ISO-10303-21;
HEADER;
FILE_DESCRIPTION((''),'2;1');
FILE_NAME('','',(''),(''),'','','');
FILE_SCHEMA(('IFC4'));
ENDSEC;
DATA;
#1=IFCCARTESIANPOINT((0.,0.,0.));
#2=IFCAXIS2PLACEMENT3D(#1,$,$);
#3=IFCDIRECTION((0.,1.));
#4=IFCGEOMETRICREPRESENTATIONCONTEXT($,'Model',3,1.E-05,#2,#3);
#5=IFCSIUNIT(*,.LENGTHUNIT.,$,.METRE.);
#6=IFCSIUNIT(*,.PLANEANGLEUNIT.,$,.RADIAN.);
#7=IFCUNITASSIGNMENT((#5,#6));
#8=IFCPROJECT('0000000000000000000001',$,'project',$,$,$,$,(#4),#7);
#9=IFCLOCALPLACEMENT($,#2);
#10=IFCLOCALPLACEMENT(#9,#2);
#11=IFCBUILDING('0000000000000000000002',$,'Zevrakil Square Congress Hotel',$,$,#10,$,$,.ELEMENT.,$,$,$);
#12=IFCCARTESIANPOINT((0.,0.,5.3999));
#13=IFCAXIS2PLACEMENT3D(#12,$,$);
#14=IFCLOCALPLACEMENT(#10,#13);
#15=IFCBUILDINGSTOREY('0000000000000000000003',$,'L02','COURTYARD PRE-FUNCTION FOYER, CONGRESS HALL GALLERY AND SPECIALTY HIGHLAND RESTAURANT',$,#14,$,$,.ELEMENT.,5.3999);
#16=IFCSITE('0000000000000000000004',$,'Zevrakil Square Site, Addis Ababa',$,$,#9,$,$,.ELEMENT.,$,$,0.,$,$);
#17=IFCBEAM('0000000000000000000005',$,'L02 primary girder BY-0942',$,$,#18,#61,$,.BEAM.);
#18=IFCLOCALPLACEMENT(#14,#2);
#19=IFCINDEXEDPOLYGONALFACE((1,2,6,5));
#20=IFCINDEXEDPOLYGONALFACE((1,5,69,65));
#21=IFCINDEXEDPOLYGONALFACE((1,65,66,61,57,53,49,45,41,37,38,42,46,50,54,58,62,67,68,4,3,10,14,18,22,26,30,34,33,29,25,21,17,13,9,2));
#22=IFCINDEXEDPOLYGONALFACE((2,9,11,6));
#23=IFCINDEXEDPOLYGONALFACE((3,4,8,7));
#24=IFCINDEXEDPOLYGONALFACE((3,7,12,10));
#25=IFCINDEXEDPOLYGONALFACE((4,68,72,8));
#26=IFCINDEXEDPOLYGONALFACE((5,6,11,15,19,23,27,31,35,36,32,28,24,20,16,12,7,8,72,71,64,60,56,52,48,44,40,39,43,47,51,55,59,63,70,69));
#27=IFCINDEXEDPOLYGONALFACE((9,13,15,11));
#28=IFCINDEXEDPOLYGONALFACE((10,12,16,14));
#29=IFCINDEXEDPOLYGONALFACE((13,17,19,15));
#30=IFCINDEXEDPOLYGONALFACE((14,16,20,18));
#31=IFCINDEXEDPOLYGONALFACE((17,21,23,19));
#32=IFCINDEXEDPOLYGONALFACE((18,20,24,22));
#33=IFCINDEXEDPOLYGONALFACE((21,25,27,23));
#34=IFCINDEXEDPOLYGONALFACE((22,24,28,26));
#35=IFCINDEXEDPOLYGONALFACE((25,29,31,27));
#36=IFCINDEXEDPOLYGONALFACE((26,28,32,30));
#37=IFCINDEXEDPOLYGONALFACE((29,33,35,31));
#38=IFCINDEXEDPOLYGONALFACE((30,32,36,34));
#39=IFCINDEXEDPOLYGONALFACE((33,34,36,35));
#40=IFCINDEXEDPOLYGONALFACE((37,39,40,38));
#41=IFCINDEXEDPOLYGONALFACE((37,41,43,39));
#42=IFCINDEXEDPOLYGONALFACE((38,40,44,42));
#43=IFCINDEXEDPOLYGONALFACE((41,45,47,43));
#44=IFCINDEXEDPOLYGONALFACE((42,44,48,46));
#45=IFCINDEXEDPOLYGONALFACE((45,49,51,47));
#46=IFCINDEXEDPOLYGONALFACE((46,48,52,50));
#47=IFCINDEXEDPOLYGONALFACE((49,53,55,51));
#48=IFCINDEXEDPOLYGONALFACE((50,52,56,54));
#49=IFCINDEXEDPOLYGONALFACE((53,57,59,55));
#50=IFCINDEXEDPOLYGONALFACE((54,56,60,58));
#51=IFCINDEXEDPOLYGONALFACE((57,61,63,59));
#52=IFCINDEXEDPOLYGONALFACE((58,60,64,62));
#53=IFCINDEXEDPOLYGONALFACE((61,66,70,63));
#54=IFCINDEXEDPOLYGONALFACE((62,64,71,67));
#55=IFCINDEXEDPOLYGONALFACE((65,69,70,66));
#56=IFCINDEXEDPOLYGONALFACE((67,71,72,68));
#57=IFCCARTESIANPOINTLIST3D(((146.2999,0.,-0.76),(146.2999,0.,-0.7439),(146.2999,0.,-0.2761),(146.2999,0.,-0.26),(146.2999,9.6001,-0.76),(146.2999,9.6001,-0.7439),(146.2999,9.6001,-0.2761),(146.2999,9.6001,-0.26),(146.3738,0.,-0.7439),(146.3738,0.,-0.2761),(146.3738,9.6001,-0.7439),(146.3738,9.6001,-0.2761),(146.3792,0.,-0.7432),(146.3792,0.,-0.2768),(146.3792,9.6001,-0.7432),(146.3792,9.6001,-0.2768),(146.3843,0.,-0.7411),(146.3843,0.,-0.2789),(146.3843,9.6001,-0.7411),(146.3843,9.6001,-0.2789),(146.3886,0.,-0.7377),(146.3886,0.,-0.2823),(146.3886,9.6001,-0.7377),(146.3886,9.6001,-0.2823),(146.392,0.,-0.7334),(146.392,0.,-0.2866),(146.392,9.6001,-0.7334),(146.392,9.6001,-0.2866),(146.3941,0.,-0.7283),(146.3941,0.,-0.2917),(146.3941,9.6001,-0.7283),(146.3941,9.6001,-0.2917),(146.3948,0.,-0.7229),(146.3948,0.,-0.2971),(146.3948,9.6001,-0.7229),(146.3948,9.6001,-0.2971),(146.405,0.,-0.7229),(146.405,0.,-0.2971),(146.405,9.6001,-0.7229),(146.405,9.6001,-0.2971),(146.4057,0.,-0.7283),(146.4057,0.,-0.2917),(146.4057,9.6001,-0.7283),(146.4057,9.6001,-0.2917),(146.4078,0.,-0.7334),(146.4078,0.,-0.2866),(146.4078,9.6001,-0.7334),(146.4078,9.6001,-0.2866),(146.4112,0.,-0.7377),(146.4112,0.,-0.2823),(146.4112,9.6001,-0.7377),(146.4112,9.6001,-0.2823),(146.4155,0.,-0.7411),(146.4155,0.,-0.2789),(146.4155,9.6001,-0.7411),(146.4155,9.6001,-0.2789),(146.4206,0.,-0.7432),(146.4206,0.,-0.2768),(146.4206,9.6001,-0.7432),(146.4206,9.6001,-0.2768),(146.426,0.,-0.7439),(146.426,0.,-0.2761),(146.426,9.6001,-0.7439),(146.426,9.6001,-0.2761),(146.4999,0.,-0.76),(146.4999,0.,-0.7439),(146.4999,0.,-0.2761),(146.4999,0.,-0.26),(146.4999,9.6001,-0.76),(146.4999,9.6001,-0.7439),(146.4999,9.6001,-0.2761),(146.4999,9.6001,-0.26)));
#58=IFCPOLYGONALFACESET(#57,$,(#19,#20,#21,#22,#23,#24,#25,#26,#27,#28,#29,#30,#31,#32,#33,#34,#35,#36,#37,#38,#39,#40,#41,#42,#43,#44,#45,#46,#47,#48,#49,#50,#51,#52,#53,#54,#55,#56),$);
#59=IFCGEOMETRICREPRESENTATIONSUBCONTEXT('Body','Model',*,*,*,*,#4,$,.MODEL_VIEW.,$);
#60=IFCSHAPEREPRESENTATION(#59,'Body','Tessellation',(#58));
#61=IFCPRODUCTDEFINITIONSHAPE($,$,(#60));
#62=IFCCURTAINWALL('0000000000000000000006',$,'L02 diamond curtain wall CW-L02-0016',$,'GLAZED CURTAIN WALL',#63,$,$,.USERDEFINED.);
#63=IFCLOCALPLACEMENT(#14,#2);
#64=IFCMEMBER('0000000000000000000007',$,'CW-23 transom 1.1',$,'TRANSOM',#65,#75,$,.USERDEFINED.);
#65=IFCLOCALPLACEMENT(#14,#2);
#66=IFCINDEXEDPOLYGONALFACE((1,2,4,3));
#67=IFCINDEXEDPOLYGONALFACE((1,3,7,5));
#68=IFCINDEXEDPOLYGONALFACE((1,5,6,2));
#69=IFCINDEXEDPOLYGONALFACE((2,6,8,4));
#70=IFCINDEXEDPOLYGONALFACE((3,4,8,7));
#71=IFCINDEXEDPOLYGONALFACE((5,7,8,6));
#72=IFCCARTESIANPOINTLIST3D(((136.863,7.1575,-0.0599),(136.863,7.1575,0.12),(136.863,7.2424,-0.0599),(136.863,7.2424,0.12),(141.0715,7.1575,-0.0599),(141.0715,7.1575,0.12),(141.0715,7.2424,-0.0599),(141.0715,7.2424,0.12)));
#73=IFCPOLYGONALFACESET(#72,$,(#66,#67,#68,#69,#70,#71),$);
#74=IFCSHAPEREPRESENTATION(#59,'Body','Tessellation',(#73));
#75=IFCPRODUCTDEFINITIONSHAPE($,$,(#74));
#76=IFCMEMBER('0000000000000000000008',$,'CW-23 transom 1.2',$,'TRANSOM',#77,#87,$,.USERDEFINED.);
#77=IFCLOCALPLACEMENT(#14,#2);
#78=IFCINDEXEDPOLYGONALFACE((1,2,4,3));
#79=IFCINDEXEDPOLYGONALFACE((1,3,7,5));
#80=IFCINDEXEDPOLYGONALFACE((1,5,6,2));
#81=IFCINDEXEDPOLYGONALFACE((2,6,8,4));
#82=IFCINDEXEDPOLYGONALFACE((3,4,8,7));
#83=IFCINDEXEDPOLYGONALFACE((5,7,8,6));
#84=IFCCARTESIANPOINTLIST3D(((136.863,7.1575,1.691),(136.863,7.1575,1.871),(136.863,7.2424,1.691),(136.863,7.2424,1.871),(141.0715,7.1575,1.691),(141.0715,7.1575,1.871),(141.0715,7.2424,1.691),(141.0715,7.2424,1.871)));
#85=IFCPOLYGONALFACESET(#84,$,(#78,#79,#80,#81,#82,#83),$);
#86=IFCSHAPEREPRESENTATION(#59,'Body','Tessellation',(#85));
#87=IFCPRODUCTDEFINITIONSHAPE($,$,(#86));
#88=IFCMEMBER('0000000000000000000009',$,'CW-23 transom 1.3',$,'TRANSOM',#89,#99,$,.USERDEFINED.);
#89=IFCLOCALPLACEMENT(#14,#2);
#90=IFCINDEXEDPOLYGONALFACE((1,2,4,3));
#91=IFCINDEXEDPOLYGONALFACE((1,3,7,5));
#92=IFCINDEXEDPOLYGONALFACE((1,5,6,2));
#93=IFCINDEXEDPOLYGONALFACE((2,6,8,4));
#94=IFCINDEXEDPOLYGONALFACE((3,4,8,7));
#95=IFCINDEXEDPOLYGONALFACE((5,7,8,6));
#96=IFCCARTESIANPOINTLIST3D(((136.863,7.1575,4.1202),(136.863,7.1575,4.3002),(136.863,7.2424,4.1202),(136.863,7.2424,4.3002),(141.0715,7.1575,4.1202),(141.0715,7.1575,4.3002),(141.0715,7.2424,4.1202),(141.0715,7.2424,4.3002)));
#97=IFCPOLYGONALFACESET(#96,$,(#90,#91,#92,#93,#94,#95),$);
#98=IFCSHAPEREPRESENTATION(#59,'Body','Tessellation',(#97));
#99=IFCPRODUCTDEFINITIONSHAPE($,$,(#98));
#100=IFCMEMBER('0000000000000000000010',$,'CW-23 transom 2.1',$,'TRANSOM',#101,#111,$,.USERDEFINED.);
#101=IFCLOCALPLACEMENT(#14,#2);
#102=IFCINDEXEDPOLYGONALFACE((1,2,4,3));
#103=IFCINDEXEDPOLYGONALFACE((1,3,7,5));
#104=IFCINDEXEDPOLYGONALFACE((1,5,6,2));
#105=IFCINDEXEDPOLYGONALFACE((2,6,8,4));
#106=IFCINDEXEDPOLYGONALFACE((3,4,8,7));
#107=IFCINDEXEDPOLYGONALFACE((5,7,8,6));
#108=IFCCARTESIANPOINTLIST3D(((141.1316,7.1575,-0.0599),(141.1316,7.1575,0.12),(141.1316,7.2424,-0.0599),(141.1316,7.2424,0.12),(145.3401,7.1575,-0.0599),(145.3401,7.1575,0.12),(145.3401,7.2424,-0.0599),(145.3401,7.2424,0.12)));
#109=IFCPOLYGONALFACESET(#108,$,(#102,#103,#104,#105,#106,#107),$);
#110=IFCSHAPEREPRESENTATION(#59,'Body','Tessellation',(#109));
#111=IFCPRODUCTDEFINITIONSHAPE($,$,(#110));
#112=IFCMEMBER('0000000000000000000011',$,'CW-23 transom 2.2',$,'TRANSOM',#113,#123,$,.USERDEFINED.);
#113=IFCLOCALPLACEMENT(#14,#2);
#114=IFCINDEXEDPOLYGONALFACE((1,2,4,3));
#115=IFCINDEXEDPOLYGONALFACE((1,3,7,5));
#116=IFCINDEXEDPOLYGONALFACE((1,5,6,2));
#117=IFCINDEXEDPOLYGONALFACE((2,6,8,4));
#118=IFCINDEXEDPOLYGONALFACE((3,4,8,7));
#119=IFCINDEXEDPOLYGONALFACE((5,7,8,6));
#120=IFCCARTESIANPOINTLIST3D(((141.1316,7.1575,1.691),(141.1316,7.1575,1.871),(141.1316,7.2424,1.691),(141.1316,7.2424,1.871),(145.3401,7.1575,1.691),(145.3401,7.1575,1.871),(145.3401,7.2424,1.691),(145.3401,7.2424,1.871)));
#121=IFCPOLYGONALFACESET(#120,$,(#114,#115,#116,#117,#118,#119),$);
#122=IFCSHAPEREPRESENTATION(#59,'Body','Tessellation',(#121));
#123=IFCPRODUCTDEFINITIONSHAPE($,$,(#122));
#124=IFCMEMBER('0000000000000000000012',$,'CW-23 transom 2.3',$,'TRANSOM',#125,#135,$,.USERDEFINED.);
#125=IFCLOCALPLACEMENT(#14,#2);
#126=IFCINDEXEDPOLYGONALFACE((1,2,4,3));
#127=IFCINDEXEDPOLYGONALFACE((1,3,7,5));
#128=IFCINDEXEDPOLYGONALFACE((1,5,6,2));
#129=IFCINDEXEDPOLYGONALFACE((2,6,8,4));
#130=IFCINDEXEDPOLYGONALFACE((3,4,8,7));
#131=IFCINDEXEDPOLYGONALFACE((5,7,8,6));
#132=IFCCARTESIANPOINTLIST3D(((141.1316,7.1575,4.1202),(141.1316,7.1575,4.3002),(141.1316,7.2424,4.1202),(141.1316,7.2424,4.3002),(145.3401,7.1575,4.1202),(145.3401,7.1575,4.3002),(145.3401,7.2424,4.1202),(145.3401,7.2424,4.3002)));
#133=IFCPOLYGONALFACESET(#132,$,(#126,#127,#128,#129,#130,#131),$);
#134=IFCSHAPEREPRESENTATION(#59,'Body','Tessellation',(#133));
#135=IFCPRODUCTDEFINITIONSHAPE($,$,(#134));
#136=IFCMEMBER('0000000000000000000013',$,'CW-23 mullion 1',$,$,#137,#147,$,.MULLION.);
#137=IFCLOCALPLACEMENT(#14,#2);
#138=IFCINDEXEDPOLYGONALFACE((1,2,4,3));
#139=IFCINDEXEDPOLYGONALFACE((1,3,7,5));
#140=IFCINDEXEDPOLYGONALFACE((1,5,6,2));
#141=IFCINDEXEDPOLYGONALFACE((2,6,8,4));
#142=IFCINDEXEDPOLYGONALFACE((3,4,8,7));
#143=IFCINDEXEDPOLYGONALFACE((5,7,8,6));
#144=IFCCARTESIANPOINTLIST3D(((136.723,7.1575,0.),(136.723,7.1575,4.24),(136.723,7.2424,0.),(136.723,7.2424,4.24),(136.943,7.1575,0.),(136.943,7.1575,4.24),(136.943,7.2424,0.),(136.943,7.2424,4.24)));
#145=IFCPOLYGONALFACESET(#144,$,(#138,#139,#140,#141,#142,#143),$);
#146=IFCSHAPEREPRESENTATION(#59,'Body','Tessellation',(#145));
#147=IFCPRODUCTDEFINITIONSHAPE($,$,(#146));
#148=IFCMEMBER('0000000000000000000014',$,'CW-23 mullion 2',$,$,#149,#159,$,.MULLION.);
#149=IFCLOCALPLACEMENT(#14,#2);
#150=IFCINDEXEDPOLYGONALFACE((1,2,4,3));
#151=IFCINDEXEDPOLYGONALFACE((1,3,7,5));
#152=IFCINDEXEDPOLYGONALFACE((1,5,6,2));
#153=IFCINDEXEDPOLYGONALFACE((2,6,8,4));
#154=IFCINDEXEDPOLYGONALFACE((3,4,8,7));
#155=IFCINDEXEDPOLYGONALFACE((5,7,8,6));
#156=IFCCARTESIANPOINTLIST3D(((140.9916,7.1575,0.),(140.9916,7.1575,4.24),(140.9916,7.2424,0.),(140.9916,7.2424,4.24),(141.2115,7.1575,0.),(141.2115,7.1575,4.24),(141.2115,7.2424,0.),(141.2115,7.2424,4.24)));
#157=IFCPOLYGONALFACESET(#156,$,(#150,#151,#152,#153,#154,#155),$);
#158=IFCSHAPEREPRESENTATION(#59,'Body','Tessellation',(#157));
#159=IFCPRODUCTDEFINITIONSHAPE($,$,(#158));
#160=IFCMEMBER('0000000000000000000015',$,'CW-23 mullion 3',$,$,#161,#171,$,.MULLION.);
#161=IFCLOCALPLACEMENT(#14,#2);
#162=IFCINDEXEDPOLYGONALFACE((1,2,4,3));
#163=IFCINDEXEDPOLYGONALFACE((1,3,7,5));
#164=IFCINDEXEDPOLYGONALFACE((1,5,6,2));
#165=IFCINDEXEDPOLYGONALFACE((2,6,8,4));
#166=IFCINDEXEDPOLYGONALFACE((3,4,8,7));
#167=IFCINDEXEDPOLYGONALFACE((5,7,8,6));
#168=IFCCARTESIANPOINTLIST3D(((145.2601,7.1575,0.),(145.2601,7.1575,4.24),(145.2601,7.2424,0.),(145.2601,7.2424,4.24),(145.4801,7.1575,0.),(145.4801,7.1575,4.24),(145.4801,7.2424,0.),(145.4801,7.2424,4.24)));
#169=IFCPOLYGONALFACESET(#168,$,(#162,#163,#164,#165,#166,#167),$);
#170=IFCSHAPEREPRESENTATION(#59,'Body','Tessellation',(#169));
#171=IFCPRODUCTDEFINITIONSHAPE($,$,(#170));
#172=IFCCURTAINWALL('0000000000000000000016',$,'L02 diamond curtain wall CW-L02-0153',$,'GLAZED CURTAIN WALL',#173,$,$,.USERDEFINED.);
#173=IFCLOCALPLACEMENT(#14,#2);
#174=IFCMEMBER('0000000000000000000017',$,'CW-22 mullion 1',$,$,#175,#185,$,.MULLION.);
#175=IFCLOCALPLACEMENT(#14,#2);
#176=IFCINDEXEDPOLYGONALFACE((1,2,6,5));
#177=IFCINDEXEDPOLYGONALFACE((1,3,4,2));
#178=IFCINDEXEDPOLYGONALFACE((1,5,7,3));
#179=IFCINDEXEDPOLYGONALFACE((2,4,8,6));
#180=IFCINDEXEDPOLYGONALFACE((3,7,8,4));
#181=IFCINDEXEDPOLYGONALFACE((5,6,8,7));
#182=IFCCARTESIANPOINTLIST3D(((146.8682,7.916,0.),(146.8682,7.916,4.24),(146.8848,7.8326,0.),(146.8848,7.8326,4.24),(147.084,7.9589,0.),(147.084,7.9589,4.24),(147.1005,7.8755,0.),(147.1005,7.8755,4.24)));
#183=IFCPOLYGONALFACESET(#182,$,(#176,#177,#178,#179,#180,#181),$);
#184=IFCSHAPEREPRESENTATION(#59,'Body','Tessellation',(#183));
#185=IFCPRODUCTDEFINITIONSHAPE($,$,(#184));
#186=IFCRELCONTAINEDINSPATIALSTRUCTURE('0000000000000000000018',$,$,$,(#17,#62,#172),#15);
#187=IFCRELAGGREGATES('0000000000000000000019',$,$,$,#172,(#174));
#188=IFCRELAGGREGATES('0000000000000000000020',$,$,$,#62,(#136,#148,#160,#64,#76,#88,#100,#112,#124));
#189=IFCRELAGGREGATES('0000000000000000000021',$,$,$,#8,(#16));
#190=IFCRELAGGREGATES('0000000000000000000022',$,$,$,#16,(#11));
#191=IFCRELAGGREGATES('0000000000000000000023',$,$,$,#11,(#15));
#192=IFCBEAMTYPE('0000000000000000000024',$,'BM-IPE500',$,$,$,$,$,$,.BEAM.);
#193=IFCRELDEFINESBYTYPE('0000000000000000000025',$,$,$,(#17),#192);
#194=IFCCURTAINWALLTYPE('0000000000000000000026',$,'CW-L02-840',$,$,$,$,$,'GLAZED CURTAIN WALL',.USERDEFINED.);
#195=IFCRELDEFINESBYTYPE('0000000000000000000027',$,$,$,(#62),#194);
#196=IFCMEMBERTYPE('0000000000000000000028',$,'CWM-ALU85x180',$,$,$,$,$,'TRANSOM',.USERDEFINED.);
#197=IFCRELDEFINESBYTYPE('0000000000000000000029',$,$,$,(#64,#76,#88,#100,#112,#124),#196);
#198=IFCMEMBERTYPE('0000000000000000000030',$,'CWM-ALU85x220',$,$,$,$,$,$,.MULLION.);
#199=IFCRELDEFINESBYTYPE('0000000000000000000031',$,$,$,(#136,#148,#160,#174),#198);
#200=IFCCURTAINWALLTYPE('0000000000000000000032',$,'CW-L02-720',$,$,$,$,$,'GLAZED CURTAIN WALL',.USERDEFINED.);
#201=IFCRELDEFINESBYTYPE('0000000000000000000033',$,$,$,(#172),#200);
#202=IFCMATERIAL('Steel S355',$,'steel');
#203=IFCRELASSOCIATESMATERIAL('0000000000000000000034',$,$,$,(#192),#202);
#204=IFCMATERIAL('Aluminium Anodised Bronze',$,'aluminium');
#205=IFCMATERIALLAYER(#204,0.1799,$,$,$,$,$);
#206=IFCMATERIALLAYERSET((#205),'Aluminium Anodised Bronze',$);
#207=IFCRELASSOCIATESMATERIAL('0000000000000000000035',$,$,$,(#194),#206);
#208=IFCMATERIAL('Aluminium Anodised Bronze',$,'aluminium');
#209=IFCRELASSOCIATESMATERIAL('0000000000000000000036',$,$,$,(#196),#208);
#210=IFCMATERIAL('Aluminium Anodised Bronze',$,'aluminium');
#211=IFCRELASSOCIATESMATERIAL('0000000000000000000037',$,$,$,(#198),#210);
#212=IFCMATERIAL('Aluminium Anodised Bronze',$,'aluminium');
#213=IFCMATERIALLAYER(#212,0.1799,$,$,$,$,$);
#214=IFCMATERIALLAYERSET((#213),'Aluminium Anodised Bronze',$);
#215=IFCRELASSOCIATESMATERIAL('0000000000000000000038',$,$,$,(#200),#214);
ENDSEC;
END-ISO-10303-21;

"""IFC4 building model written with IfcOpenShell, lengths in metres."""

from ifc_helpers import new_model, si_unit, direction, frame, origin, origin_2d, place, context, subcontext, project, spatial, rectangle, i_section, extrude, material, layer, layer_set, material_profile, profile_set, type_object, element, aggregate, save


model = new_model("IFC4")

# Units and contexts
model_context = context("Model", 3, precision=1e-05, world=origin(), true_north=direction((0.0, 1.0)))
body_context = subcontext(model_context, "Body", "Model", "MODEL_VIEW")
ifc_project = project(units=[si_unit("LENGTHUNIT", "METRE"), si_unit("PLANEANGLEUNIT", "RADIAN")], contexts=[model_context])

# Site, building, storey
site_placement = place(None, origin())
site = spatial("IfcSite", under=ifc_project, at=site_placement, Name="Zevrakil Square Site, Addis Ababa", CompositionType="ELEMENT", RefElevation=0.0)
building_placement = place(site_placement, origin())
building = spatial("IfcBuilding", under=site, at=building_placement, Name="Zevrakil Square Congress Hotel", CompositionType="ELEMENT")
storey_placement = place(building_placement, frame((0.0, 0.0, 5.3999)))
storey = spatial("IfcBuildingStorey", under=building, at=storey_placement, Name="L02", Description="COURTYARD PRE-FUNCTION FOYER, CONGRESS HALL GALLERY AND SPECIALTY HIGHLAND RESTAURANT", CompositionType="ELEMENT", Elevation=5.3999)

# Beam
ifc_material_1 = material(Name="Steel S355", Category="steel")
ifc_material_profile_1 = material_profile(ifc_material_1, i_section(OverallWidth=0.2, OverallDepth=0.5, WebThickness=0.0103, FlangeThickness=0.0161, FilletRadius=0.021, at=origin_2d()), Name="IPE 500")
ifc_profile_set_1 = profile_set([ifc_material_profile_1], Name="Steel S355")
beam_type_1 = type_object("IfcBeamType", Name="BM-IPE500", PredefinedType="BEAM", material=ifc_profile_set_1)
beam_1_placement = place(storey_placement, frame((146.3999, 0.0, -0.51), z_axis=(0.0, 1.0, 0.0), x_axis=(-1.0, 0.0, 0.0)))
element("IfcBeam", 1, at=beam_1_placement, inside=storey, type_object=beam_type_1, Name="L02 primary girder BY-0942", PredefinedType="BEAM", context=body_context, shape_type="SweptSolid", body=[
    extrude(i_section(OverallWidth=0.2, OverallDepth=0.5, WebThickness=0.0103, FlangeThickness=0.0161, FilletRadius=0.021, at=origin_2d()), origin(), (0.0, 0.0, 1.0), 9.6001),
])

# Curtain wall, members
ifc_material_2 = material(Name="Aluminium Anodised Bronze", Category="aluminium")
ifc_layer_1 = layer(ifc_material_2, 0.1799)
ifc_layer_set_1 = layer_set([ifc_layer_1], Name="Aluminium Anodised Bronze")
curtain_wall_type_1 = type_object("IfcCurtainWallType", Name="CW-L02-840", ElementType="GLAZED CURTAIN WALL", PredefinedType="USERDEFINED", material=ifc_layer_set_1)
curtain_wall_1_placement = place(storey_placement, origin())
curtain_wall_1 = element("IfcCurtainWall", 2, at=curtain_wall_1_placement, inside=storey, type_object=curtain_wall_type_1, Name="L02 diamond curtain wall CW-L02-0016", ObjectType="GLAZED CURTAIN WALL", PredefinedType="USERDEFINED")
ifc_material_3 = material(Name="Aluminium Anodised Bronze", Category="aluminium")
ifc_material_profile_2 = material_profile(ifc_material_3, rectangle(XDim=0.085, YDim=0.1799, at=origin_2d()), Name="ALU 85x180")
ifc_profile_set_2 = profile_set([ifc_material_profile_2], Name="Aluminium Anodised Bronze")
member_type_1 = type_object("IfcMemberType", Name="CWM-ALU85x180", ElementType="TRANSOM", PredefinedType="USERDEFINED", material=ifc_profile_set_2)
member_1_placement = place(storey_placement, frame((136.863, 7.2, 0.03), z_axis=(1.0, 0.0, 0.0), x_axis=(0.0, 1.0, 0.0)))
member_1 = element("IfcMember", 3, at=member_1_placement, type_object=member_type_1, Name="CW-23 transom 1.1", ObjectType="TRANSOM", PredefinedType="USERDEFINED", context=body_context, shape_type="SweptSolid", body=[
    extrude(rectangle(XDim=0.085, YDim=0.1799, at=origin_2d()), origin(), (0.0, 0.0, 1.0), 4.2085),
])
member_2_placement = place(storey_placement, frame((136.863, 7.2, 1.781), z_axis=(1.0, 0.0, 0.0), x_axis=(0.0, 1.0, 0.0)))
member_2 = element("IfcMember", 4, at=member_2_placement, type_object=member_type_1, Name="CW-23 transom 1.2", ObjectType="TRANSOM", PredefinedType="USERDEFINED", context=body_context, shape_type="SweptSolid", body=[
    extrude(rectangle(XDim=0.085, YDim=0.1799, at=origin_2d()), origin(), (0.0, 0.0, 1.0), 4.2085),
])
member_3_placement = place(storey_placement, frame((136.863, 7.2, 4.2102), z_axis=(1.0, 0.0, 0.0), x_axis=(0.0, 1.0, 0.0)))
member_3 = element("IfcMember", 5, at=member_3_placement, type_object=member_type_1, Name="CW-23 transom 1.3", ObjectType="TRANSOM", PredefinedType="USERDEFINED", context=body_context, shape_type="SweptSolid", body=[
    extrude(rectangle(XDim=0.085, YDim=0.1799, at=origin_2d()), origin(), (0.0, 0.0, 1.0), 4.2085),
])
member_4_placement = place(storey_placement, frame((141.1316, 7.2, 0.03), z_axis=(1.0, 0.0, 0.0), x_axis=(0.0, 1.0, 0.0)))
member_4 = element("IfcMember", 6, at=member_4_placement, type_object=member_type_1, Name="CW-23 transom 2.1", ObjectType="TRANSOM", PredefinedType="USERDEFINED", context=body_context, shape_type="SweptSolid", body=[
    extrude(rectangle(XDim=0.085, YDim=0.1799, at=origin_2d()), origin(), (0.0, 0.0, 1.0), 4.2085),
])
member_5_placement = place(storey_placement, frame((141.1316, 7.2, 1.781), z_axis=(1.0, 0.0, 0.0), x_axis=(0.0, 1.0, 0.0)))
member_5 = element("IfcMember", 7, at=member_5_placement, type_object=member_type_1, Name="CW-23 transom 2.2", ObjectType="TRANSOM", PredefinedType="USERDEFINED", context=body_context, shape_type="SweptSolid", body=[
    extrude(rectangle(XDim=0.085, YDim=0.1799, at=origin_2d()), origin(), (0.0, 0.0, 1.0), 4.2085),
])
member_6_placement = place(storey_placement, frame((141.1316, 7.2, 4.2102), z_axis=(1.0, 0.0, 0.0), x_axis=(0.0, 1.0, 0.0)))
member_6 = element("IfcMember", 8, at=member_6_placement, type_object=member_type_1, Name="CW-23 transom 2.3", ObjectType="TRANSOM", PredefinedType="USERDEFINED", context=body_context, shape_type="SweptSolid", body=[
    extrude(rectangle(XDim=0.085, YDim=0.1799, at=origin_2d()), origin(), (0.0, 0.0, 1.0), 4.2085),
])
ifc_material_4 = material(Name="Aluminium Anodised Bronze", Category="aluminium")
ifc_material_profile_3 = material_profile(ifc_material_4, rectangle(XDim=0.085, YDim=0.22, at=origin_2d()), Name="ALU 85x220")
ifc_profile_set_3 = profile_set([ifc_material_profile_3], Name="Aluminium Anodised Bronze")
member_type_2 = type_object("IfcMemberType", Name="CWM-ALU85x220", PredefinedType="MULLION", material=ifc_profile_set_3)
member_7_placement = place(storey_placement, frame((136.833, 7.2, 0.0), z_axis=(0.0, 0.0, 1.0), x_axis=(0.0, 1.0, 0.0)))
member_7 = element("IfcMember", 9, at=member_7_placement, type_object=member_type_2, Name="CW-23 mullion 1", PredefinedType="MULLION", context=body_context, shape_type="SweptSolid", body=[
    extrude(rectangle(XDim=0.085, YDim=0.22, at=origin_2d()), origin(), (0.0, 0.0, 1.0), 4.24),
])
member_8_placement = place(storey_placement, frame((141.1016, 7.2, 0.0), z_axis=(0.0, 0.0, 1.0), x_axis=(0.0, 1.0, 0.0)))
member_8 = element("IfcMember", 10, at=member_8_placement, type_object=member_type_2, Name="CW-23 mullion 2", PredefinedType="MULLION", context=body_context, shape_type="SweptSolid", body=[
    extrude(rectangle(XDim=0.085, YDim=0.22, at=origin_2d()), origin(), (0.0, 0.0, 1.0), 4.24),
])
member_9_placement = place(storey_placement, frame((145.3701, 7.2, 0.0), z_axis=(0.0, 0.0, 1.0), x_axis=(0.0, 1.0, 0.0)))
member_9 = element("IfcMember", 11, at=member_9_placement, type_object=member_type_2, Name="CW-23 mullion 3", PredefinedType="MULLION", context=body_context, shape_type="SweptSolid", body=[
    extrude(rectangle(XDim=0.085, YDim=0.22, at=origin_2d()), origin(), (0.0, 0.0, 1.0), 4.24),
])

# Curtain wall, member
ifc_material_5 = material(Name="Aluminium Anodised Bronze", Category="aluminium")
ifc_layer_2 = layer(ifc_material_5, 0.1799)
ifc_layer_set_2 = layer_set([ifc_layer_2], Name="Aluminium Anodised Bronze")
curtain_wall_type_2 = type_object("IfcCurtainWallType", Name="CW-L02-720", ElementType="GLAZED CURTAIN WALL", PredefinedType="USERDEFINED", material=ifc_layer_set_2)
curtain_wall_2_placement = place(storey_placement, origin())
curtain_wall_2 = element("IfcCurtainWall", 12, at=curtain_wall_2_placement, inside=storey, type_object=curtain_wall_type_2, Name="L02 diamond curtain wall CW-L02-0153", ObjectType="GLAZED CURTAIN WALL", PredefinedType="USERDEFINED")
member_10_placement = place(storey_placement, frame((146.9844, 7.8958, 0.0), z_axis=(0.0, 0.0, 1.0), x_axis=(-0.195084, 0.980787, 0.0)))
member_10 = element("IfcMember", 13, at=member_10_placement, type_object=member_type_2, Name="CW-22 mullion 1", PredefinedType="MULLION", context=body_context, shape_type="SweptSolid", body=[
    extrude(rectangle(XDim=0.085, YDim=0.22, at=origin_2d()), origin(), (0.0, 0.0, 1.0), 4.24),
])
aggregate(curtain_wall_2, [member_10])

aggregate(curtain_wall_1, [member_7, member_8, member_9, member_1, member_2, member_3, member_4, member_5, member_6])

save(model, "model.ifc")
